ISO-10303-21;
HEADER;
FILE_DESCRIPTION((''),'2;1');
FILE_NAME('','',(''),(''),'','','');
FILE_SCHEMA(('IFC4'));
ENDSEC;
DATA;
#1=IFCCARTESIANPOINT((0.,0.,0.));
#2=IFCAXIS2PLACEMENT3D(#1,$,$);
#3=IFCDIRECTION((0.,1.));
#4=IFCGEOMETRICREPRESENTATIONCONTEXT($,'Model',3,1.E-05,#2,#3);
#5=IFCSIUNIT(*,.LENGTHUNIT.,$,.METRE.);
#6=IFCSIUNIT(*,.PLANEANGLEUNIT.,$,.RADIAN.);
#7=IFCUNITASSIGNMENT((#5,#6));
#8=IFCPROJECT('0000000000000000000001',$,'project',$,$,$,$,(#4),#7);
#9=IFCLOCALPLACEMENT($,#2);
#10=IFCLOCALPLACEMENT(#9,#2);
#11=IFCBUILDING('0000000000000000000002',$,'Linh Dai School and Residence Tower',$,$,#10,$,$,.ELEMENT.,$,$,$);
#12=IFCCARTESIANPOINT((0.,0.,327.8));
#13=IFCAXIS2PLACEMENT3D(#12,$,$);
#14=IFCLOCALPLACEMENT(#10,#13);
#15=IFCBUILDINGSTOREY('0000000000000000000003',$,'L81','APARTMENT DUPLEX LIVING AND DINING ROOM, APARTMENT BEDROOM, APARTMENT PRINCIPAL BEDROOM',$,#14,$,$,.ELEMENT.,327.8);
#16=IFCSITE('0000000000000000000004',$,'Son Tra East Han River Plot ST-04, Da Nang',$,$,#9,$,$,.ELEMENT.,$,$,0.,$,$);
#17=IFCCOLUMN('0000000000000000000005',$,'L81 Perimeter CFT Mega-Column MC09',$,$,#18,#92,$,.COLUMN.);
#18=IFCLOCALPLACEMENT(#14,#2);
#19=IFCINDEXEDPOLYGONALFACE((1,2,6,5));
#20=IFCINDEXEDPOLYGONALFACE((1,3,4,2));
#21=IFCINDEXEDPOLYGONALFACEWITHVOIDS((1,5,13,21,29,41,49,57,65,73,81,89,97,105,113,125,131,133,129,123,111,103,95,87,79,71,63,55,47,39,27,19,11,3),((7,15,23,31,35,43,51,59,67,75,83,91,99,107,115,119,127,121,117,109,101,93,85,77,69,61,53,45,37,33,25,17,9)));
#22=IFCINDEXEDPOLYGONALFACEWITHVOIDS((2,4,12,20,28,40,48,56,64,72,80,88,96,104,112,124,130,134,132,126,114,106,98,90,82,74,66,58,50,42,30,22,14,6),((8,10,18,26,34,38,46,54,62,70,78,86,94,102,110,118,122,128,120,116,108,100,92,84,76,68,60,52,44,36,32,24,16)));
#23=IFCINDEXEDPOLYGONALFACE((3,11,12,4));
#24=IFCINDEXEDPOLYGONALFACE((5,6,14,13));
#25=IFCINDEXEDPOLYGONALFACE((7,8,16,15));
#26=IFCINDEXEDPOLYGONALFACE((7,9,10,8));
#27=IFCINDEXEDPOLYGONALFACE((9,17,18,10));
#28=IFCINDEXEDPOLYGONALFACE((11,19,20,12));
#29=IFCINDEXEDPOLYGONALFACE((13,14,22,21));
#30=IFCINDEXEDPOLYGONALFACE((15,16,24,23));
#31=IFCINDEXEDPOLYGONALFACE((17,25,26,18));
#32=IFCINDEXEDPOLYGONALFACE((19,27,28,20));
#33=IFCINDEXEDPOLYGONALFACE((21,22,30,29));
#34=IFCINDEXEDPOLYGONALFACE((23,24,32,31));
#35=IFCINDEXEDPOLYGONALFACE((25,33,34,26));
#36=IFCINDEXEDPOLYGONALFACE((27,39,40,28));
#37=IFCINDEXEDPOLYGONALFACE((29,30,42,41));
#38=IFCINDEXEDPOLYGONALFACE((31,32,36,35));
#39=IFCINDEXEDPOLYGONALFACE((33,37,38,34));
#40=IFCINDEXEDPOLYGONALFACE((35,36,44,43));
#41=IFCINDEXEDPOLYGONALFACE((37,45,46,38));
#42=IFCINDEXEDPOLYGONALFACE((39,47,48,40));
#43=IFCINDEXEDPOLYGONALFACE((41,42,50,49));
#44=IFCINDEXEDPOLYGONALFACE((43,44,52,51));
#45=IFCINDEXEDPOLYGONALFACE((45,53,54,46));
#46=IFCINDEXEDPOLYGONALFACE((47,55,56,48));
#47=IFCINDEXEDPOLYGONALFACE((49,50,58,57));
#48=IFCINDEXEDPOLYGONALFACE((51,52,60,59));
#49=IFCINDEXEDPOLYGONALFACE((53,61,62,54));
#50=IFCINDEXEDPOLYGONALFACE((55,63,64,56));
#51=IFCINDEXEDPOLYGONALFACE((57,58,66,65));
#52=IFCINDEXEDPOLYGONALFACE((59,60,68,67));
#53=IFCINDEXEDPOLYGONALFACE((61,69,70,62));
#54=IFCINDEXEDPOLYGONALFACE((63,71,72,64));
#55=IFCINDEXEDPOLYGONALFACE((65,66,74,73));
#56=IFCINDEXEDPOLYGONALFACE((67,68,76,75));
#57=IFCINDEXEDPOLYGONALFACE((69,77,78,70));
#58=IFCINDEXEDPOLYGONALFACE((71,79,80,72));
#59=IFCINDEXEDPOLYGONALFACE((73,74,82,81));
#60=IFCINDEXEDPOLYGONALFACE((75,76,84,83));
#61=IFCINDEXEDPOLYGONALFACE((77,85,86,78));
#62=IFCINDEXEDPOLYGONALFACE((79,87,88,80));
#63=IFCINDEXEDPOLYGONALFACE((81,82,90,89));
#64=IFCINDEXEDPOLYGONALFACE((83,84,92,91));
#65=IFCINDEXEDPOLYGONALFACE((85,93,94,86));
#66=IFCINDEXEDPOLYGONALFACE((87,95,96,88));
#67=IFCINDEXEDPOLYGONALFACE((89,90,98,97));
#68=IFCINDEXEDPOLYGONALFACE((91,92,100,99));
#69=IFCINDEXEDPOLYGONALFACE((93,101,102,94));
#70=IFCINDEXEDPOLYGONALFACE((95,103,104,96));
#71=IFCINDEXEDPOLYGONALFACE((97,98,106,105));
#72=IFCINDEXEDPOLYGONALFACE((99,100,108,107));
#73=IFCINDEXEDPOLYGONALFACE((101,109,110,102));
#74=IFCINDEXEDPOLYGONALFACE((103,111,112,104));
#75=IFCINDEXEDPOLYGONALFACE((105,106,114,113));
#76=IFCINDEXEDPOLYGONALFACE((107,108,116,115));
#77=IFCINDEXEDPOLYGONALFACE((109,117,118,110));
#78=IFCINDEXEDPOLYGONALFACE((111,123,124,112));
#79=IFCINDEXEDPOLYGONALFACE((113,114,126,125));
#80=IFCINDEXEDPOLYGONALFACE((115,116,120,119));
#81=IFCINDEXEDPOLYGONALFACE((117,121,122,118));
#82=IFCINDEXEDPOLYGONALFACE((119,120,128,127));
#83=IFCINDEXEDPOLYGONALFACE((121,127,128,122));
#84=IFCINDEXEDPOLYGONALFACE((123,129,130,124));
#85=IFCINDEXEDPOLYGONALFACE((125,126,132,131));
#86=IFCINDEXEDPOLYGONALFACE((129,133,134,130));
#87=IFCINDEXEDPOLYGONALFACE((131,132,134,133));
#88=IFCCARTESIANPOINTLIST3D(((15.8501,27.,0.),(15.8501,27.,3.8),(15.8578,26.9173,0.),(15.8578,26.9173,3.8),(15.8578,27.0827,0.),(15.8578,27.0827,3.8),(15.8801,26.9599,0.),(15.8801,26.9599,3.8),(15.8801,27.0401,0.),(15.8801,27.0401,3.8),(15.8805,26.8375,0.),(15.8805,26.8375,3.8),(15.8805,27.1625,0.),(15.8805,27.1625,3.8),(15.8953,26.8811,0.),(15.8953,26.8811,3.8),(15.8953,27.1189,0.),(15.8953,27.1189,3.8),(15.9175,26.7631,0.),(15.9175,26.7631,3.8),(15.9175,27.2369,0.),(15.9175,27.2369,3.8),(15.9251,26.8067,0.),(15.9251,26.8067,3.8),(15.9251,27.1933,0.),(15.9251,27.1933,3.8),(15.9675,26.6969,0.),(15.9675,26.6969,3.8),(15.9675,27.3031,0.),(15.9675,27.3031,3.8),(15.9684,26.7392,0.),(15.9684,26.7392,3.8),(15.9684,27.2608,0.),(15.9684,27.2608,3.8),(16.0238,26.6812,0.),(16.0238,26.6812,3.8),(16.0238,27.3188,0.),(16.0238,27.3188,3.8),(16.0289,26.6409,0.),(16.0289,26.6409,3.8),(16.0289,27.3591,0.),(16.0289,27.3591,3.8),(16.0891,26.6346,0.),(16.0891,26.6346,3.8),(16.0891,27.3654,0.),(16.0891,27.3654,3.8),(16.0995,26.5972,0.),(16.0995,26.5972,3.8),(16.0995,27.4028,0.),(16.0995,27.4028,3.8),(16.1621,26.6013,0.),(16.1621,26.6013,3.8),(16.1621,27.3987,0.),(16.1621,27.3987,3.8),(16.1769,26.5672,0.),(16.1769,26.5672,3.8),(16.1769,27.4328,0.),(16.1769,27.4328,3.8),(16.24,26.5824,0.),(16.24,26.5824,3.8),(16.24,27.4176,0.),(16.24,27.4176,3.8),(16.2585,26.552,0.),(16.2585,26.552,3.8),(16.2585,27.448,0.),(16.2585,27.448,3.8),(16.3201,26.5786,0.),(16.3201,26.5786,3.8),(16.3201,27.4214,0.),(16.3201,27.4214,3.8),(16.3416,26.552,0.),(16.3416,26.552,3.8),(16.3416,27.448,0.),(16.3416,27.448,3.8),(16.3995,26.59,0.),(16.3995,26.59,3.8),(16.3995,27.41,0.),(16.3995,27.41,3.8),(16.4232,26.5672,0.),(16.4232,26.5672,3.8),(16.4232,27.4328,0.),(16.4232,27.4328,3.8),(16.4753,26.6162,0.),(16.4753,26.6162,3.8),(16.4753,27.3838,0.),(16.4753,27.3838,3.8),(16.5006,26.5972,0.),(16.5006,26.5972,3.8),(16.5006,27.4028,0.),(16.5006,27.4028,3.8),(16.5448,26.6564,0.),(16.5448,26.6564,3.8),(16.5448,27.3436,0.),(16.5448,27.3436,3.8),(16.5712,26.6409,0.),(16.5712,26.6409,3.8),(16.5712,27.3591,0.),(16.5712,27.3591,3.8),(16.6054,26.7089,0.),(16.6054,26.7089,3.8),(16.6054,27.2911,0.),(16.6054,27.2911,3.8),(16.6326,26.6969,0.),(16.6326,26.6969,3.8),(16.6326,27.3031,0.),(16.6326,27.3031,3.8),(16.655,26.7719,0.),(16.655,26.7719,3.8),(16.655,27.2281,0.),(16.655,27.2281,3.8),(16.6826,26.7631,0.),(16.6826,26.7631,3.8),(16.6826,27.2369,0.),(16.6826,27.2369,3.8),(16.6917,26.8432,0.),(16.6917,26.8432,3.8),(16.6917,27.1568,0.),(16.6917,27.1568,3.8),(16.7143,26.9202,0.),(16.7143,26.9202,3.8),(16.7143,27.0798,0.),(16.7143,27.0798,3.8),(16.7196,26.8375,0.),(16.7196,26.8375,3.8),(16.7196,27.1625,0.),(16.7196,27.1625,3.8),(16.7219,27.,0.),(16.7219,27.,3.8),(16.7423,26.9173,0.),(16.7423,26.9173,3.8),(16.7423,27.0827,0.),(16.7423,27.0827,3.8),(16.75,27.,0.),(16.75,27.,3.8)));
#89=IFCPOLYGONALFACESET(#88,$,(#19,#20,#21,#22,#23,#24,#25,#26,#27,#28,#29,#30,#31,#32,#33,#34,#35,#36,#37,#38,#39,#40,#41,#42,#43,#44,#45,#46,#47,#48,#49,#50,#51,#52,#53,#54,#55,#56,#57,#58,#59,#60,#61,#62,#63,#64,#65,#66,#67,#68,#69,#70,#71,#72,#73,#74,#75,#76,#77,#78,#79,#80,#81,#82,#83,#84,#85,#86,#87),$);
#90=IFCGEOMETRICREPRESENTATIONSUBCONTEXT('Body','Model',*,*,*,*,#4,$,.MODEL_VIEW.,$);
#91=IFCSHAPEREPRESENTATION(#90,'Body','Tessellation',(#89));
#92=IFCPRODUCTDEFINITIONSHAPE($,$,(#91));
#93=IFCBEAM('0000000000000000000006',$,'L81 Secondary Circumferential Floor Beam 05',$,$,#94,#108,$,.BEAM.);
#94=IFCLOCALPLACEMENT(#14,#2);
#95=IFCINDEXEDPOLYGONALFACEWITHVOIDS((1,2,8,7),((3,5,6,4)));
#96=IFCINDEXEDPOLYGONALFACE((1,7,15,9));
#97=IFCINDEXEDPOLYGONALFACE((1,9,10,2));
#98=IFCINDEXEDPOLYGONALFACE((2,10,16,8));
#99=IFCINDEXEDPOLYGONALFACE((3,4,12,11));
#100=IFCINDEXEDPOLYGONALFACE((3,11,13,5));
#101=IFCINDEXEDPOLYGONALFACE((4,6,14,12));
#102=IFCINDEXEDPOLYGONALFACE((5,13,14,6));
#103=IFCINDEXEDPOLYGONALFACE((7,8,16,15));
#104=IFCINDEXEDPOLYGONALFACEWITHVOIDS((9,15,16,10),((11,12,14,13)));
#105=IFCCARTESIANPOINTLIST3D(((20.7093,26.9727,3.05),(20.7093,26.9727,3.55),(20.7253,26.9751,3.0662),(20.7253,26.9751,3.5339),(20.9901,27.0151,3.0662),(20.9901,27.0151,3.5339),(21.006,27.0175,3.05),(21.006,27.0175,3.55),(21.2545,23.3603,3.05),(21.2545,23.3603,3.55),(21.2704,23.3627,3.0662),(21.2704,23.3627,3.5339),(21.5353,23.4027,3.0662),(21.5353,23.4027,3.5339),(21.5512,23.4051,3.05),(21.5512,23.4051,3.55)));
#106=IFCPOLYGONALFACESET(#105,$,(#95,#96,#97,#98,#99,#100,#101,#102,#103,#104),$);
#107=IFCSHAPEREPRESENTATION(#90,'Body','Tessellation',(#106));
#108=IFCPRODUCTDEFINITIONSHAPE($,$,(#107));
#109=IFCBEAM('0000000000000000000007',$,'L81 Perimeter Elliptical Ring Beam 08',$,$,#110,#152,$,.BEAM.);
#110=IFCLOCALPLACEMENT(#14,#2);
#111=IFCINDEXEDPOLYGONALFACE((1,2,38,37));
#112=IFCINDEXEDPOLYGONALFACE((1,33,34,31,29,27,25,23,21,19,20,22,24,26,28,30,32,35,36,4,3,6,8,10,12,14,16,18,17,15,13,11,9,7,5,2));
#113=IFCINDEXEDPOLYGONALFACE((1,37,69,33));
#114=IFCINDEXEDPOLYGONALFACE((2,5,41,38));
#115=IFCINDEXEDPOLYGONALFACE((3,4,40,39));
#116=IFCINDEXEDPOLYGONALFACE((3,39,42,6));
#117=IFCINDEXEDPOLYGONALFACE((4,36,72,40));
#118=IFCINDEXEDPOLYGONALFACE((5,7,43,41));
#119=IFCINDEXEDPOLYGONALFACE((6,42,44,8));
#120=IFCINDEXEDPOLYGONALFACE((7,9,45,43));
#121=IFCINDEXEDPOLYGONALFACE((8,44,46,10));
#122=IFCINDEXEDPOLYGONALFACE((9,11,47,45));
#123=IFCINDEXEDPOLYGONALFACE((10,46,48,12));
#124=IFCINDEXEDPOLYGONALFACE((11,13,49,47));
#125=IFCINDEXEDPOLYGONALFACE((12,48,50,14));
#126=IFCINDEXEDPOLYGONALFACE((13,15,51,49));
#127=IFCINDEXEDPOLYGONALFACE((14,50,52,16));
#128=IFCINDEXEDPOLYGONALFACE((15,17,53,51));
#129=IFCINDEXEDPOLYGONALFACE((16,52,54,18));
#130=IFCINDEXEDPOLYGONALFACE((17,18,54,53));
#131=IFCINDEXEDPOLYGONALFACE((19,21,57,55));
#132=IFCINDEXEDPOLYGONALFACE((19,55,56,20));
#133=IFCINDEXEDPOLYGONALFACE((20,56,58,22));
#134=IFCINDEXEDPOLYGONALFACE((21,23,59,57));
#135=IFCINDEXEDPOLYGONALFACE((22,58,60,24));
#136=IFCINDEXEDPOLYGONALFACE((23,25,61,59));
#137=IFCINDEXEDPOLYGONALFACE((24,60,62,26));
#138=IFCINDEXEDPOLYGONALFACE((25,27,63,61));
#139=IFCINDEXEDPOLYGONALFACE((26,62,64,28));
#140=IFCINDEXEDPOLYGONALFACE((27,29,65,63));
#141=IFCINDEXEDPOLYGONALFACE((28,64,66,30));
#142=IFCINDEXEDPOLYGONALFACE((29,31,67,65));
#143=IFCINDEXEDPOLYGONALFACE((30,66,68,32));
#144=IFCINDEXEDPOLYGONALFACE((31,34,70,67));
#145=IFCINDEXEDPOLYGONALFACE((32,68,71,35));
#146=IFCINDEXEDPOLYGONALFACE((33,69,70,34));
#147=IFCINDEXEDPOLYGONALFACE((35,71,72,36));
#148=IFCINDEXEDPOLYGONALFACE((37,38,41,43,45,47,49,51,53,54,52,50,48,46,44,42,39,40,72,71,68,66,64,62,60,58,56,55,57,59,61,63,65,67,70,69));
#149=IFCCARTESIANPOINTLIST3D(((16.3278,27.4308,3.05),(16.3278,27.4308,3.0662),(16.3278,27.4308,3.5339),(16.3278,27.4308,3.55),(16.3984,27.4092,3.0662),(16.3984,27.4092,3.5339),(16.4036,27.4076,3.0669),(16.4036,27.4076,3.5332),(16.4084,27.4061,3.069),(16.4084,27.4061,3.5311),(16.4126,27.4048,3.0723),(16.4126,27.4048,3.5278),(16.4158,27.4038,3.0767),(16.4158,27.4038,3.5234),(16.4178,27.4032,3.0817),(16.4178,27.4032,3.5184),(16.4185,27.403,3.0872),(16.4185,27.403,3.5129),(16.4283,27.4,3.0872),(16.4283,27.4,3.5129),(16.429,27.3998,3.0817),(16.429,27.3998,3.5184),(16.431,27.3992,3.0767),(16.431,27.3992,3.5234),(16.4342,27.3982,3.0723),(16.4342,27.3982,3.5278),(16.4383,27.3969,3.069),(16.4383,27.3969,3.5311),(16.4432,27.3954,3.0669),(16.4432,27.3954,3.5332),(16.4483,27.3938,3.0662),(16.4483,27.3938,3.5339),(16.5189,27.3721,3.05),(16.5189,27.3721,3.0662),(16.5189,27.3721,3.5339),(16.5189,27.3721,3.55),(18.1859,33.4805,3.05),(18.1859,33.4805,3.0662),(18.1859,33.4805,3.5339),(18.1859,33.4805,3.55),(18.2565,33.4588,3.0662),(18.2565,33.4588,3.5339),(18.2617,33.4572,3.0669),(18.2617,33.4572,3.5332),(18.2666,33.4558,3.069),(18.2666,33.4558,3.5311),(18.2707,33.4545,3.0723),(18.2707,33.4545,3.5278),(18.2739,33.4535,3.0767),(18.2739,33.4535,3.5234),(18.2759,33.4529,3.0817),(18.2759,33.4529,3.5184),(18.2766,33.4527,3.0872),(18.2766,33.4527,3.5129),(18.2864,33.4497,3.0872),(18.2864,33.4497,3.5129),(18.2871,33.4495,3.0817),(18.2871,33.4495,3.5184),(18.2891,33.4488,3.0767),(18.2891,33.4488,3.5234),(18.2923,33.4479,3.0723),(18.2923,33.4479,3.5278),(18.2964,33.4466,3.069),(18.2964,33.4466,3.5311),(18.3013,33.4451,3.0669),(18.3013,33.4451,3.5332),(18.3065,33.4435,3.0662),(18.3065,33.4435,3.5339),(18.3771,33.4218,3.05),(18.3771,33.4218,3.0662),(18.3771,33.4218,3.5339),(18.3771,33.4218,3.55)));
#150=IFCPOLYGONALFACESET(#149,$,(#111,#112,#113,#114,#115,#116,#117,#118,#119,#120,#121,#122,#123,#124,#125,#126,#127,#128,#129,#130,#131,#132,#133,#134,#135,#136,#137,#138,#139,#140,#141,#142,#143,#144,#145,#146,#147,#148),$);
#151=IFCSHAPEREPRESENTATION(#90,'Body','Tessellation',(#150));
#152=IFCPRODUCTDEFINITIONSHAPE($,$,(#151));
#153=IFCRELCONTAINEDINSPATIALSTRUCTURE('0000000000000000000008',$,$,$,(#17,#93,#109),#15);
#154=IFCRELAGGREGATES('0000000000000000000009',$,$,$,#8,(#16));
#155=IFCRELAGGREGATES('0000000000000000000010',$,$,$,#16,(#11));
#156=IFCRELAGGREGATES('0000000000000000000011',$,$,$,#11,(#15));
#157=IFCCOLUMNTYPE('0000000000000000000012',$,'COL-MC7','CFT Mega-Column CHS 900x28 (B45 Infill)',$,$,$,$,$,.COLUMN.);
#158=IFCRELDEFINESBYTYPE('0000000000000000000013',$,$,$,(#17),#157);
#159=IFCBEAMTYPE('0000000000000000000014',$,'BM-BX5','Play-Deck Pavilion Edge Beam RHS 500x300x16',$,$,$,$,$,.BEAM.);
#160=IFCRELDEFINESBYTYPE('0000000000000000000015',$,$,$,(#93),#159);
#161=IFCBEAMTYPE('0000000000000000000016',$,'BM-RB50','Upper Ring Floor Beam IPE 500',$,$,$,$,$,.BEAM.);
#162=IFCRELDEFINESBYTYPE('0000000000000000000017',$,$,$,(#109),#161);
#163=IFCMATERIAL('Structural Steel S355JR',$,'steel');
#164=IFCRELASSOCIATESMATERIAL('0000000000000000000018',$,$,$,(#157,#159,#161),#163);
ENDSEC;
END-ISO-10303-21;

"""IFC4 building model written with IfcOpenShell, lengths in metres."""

from ifc_helpers import new_model, si_unit, direction, frame, origin, origin_2d, place, context, subcontext, project, spatial, hollow_rectangle, hollow_circle, i_section, extrude, material, material_profile, profile_set, type_object, element, save


model = new_model("IFC4")

# Units and contexts
model_context = context("Model", 3, precision=1e-05, world=origin(), true_north=direction((0.0, 1.0)))
body_context = subcontext(model_context, "Body", "Model", "MODEL_VIEW")
ifc_project = project(units=[si_unit("LENGTHUNIT", "METRE"), si_unit("PLANEANGLEUNIT", "RADIAN")], contexts=[model_context])

# Site, building, storey
site_placement = place(None, origin())
site = spatial("IfcSite", under=ifc_project, at=site_placement, Name="Son Tra East Han River Plot ST-04, Da Nang", CompositionType="ELEMENT", RefElevation=0.0)
building_placement = place(site_placement, origin())
building = spatial("IfcBuilding", under=site, at=building_placement, Name="Linh Dai School and Residence Tower", CompositionType="ELEMENT")
storey_placement = place(building_placement, frame((0.0, 0.0, 327.8)))
storey = spatial("IfcBuildingStorey", under=building, at=storey_placement, Name="L81", Description="APARTMENT DUPLEX LIVING AND DINING ROOM, APARTMENT BEDROOM, APARTMENT PRINCIPAL BEDROOM", CompositionType="ELEMENT", Elevation=327.8)

# Column
ifc_material_1 = material(Name="Structural Steel S355JR", Category="steel")
ifc_material_profile_1 = material_profile(ifc_material_1, hollow_circle(Radius=0.45, WallThickness=0.0281, at=origin_2d()), Name="CHS 900x28")
ifc_profile_set_1 = profile_set([ifc_material_profile_1], Name="Structural Steel S355JR")
column_type = type_object("IfcColumnType", Name="COL-MC7", Description="CFT Mega-Column CHS 900x28 (B45 Infill)", PredefinedType="COLUMN", material=ifc_profile_set_1)
column_placement = place(storey_placement, frame((16.3, 27.0, 0.0), z_axis=(0.0, 0.0, 1.0), x_axis=(1.0, 0.0, 0.0)))
element("IfcColumn", 1, at=column_placement, inside=storey, type_object=column_type, Name="L81 Perimeter CFT Mega-Column MC09", PredefinedType="COLUMN", context=body_context, shape_type="SweptSolid", body=[
    extrude(hollow_circle(Radius=0.45, WallThickness=0.0281, at=origin_2d()), origin(), (0.0, 0.0, 1.0), 3.8),
])

# Beams
ifc_material_profile_2 = material_profile(ifc_material_1, hollow_rectangle(XDim=0.3, YDim=0.5, WallThickness=0.0161, at=origin_2d()), Name="RHS 500x300x16")
ifc_profile_set_2 = profile_set([ifc_material_profile_2], Name="Structural Steel S355JR")
beam_type_1 = type_object("IfcBeamType", Name="BM-BX5", Description="Play-Deck Pavilion Edge Beam RHS 500x300x16", PredefinedType="BEAM", material=ifc_profile_set_2)
beam_1_placement = place(storey_placement, frame((20.8577, 26.9951, 3.3), z_axis=(0.149229, -0.988803, 0.0), x_axis=(0.988803, 0.149229, 0.0)))
element("IfcBeam", 2, at=beam_1_placement, inside=storey, type_object=beam_type_1, Name="L81 Secondary Circumferential Floor Beam 05", PredefinedType="BEAM", context=body_context, shape_type="SweptSolid", body=[
    extrude(hollow_rectangle(XDim=0.3, YDim=0.5, WallThickness=0.0161, at=origin_2d()), origin(), (0.0, 0.0, 1.0), 3.6533),
])
ifc_material_profile_3 = material_profile(ifc_material_1, i_section(OverallWidth=0.2, OverallDepth=0.5, WebThickness=0.0103, FlangeThickness=0.0161, FilletRadius=0.021, at=origin_2d()), Name="IPE 500")
ifc_profile_set_3 = profile_set([ifc_material_profile_3], Name="Structural Steel S355JR")
beam_type_2 = type_object("IfcBeamType", Name="BM-RB50", Description="Upper Ring Floor Beam IPE 500", PredefinedType="BEAM", material=ifc_profile_set_3)
beam_2_placement = place(storey_placement, frame((18.2815, 33.4512, 3.3), z_axis=(-0.293606, -0.955927, 0.0), x_axis=(0.955927, -0.293606, 0.0)))
element("IfcBeam", 3, at=beam_2_placement, inside=storey, type_object=beam_type_2, Name="L81 Perimeter Elliptical Ring Beam 08", PredefinedType="BEAM", context=body_context, shape_type="SweptSolid", body=[
    extrude(i_section(OverallWidth=0.2, OverallDepth=0.5, WebThickness=0.0103, FlangeThickness=0.0161, FilletRadius=0.021, at=origin_2d()), origin(), (0.0, 0.0, 1.0), 6.3286),
])

save(model, "model.ifc")
